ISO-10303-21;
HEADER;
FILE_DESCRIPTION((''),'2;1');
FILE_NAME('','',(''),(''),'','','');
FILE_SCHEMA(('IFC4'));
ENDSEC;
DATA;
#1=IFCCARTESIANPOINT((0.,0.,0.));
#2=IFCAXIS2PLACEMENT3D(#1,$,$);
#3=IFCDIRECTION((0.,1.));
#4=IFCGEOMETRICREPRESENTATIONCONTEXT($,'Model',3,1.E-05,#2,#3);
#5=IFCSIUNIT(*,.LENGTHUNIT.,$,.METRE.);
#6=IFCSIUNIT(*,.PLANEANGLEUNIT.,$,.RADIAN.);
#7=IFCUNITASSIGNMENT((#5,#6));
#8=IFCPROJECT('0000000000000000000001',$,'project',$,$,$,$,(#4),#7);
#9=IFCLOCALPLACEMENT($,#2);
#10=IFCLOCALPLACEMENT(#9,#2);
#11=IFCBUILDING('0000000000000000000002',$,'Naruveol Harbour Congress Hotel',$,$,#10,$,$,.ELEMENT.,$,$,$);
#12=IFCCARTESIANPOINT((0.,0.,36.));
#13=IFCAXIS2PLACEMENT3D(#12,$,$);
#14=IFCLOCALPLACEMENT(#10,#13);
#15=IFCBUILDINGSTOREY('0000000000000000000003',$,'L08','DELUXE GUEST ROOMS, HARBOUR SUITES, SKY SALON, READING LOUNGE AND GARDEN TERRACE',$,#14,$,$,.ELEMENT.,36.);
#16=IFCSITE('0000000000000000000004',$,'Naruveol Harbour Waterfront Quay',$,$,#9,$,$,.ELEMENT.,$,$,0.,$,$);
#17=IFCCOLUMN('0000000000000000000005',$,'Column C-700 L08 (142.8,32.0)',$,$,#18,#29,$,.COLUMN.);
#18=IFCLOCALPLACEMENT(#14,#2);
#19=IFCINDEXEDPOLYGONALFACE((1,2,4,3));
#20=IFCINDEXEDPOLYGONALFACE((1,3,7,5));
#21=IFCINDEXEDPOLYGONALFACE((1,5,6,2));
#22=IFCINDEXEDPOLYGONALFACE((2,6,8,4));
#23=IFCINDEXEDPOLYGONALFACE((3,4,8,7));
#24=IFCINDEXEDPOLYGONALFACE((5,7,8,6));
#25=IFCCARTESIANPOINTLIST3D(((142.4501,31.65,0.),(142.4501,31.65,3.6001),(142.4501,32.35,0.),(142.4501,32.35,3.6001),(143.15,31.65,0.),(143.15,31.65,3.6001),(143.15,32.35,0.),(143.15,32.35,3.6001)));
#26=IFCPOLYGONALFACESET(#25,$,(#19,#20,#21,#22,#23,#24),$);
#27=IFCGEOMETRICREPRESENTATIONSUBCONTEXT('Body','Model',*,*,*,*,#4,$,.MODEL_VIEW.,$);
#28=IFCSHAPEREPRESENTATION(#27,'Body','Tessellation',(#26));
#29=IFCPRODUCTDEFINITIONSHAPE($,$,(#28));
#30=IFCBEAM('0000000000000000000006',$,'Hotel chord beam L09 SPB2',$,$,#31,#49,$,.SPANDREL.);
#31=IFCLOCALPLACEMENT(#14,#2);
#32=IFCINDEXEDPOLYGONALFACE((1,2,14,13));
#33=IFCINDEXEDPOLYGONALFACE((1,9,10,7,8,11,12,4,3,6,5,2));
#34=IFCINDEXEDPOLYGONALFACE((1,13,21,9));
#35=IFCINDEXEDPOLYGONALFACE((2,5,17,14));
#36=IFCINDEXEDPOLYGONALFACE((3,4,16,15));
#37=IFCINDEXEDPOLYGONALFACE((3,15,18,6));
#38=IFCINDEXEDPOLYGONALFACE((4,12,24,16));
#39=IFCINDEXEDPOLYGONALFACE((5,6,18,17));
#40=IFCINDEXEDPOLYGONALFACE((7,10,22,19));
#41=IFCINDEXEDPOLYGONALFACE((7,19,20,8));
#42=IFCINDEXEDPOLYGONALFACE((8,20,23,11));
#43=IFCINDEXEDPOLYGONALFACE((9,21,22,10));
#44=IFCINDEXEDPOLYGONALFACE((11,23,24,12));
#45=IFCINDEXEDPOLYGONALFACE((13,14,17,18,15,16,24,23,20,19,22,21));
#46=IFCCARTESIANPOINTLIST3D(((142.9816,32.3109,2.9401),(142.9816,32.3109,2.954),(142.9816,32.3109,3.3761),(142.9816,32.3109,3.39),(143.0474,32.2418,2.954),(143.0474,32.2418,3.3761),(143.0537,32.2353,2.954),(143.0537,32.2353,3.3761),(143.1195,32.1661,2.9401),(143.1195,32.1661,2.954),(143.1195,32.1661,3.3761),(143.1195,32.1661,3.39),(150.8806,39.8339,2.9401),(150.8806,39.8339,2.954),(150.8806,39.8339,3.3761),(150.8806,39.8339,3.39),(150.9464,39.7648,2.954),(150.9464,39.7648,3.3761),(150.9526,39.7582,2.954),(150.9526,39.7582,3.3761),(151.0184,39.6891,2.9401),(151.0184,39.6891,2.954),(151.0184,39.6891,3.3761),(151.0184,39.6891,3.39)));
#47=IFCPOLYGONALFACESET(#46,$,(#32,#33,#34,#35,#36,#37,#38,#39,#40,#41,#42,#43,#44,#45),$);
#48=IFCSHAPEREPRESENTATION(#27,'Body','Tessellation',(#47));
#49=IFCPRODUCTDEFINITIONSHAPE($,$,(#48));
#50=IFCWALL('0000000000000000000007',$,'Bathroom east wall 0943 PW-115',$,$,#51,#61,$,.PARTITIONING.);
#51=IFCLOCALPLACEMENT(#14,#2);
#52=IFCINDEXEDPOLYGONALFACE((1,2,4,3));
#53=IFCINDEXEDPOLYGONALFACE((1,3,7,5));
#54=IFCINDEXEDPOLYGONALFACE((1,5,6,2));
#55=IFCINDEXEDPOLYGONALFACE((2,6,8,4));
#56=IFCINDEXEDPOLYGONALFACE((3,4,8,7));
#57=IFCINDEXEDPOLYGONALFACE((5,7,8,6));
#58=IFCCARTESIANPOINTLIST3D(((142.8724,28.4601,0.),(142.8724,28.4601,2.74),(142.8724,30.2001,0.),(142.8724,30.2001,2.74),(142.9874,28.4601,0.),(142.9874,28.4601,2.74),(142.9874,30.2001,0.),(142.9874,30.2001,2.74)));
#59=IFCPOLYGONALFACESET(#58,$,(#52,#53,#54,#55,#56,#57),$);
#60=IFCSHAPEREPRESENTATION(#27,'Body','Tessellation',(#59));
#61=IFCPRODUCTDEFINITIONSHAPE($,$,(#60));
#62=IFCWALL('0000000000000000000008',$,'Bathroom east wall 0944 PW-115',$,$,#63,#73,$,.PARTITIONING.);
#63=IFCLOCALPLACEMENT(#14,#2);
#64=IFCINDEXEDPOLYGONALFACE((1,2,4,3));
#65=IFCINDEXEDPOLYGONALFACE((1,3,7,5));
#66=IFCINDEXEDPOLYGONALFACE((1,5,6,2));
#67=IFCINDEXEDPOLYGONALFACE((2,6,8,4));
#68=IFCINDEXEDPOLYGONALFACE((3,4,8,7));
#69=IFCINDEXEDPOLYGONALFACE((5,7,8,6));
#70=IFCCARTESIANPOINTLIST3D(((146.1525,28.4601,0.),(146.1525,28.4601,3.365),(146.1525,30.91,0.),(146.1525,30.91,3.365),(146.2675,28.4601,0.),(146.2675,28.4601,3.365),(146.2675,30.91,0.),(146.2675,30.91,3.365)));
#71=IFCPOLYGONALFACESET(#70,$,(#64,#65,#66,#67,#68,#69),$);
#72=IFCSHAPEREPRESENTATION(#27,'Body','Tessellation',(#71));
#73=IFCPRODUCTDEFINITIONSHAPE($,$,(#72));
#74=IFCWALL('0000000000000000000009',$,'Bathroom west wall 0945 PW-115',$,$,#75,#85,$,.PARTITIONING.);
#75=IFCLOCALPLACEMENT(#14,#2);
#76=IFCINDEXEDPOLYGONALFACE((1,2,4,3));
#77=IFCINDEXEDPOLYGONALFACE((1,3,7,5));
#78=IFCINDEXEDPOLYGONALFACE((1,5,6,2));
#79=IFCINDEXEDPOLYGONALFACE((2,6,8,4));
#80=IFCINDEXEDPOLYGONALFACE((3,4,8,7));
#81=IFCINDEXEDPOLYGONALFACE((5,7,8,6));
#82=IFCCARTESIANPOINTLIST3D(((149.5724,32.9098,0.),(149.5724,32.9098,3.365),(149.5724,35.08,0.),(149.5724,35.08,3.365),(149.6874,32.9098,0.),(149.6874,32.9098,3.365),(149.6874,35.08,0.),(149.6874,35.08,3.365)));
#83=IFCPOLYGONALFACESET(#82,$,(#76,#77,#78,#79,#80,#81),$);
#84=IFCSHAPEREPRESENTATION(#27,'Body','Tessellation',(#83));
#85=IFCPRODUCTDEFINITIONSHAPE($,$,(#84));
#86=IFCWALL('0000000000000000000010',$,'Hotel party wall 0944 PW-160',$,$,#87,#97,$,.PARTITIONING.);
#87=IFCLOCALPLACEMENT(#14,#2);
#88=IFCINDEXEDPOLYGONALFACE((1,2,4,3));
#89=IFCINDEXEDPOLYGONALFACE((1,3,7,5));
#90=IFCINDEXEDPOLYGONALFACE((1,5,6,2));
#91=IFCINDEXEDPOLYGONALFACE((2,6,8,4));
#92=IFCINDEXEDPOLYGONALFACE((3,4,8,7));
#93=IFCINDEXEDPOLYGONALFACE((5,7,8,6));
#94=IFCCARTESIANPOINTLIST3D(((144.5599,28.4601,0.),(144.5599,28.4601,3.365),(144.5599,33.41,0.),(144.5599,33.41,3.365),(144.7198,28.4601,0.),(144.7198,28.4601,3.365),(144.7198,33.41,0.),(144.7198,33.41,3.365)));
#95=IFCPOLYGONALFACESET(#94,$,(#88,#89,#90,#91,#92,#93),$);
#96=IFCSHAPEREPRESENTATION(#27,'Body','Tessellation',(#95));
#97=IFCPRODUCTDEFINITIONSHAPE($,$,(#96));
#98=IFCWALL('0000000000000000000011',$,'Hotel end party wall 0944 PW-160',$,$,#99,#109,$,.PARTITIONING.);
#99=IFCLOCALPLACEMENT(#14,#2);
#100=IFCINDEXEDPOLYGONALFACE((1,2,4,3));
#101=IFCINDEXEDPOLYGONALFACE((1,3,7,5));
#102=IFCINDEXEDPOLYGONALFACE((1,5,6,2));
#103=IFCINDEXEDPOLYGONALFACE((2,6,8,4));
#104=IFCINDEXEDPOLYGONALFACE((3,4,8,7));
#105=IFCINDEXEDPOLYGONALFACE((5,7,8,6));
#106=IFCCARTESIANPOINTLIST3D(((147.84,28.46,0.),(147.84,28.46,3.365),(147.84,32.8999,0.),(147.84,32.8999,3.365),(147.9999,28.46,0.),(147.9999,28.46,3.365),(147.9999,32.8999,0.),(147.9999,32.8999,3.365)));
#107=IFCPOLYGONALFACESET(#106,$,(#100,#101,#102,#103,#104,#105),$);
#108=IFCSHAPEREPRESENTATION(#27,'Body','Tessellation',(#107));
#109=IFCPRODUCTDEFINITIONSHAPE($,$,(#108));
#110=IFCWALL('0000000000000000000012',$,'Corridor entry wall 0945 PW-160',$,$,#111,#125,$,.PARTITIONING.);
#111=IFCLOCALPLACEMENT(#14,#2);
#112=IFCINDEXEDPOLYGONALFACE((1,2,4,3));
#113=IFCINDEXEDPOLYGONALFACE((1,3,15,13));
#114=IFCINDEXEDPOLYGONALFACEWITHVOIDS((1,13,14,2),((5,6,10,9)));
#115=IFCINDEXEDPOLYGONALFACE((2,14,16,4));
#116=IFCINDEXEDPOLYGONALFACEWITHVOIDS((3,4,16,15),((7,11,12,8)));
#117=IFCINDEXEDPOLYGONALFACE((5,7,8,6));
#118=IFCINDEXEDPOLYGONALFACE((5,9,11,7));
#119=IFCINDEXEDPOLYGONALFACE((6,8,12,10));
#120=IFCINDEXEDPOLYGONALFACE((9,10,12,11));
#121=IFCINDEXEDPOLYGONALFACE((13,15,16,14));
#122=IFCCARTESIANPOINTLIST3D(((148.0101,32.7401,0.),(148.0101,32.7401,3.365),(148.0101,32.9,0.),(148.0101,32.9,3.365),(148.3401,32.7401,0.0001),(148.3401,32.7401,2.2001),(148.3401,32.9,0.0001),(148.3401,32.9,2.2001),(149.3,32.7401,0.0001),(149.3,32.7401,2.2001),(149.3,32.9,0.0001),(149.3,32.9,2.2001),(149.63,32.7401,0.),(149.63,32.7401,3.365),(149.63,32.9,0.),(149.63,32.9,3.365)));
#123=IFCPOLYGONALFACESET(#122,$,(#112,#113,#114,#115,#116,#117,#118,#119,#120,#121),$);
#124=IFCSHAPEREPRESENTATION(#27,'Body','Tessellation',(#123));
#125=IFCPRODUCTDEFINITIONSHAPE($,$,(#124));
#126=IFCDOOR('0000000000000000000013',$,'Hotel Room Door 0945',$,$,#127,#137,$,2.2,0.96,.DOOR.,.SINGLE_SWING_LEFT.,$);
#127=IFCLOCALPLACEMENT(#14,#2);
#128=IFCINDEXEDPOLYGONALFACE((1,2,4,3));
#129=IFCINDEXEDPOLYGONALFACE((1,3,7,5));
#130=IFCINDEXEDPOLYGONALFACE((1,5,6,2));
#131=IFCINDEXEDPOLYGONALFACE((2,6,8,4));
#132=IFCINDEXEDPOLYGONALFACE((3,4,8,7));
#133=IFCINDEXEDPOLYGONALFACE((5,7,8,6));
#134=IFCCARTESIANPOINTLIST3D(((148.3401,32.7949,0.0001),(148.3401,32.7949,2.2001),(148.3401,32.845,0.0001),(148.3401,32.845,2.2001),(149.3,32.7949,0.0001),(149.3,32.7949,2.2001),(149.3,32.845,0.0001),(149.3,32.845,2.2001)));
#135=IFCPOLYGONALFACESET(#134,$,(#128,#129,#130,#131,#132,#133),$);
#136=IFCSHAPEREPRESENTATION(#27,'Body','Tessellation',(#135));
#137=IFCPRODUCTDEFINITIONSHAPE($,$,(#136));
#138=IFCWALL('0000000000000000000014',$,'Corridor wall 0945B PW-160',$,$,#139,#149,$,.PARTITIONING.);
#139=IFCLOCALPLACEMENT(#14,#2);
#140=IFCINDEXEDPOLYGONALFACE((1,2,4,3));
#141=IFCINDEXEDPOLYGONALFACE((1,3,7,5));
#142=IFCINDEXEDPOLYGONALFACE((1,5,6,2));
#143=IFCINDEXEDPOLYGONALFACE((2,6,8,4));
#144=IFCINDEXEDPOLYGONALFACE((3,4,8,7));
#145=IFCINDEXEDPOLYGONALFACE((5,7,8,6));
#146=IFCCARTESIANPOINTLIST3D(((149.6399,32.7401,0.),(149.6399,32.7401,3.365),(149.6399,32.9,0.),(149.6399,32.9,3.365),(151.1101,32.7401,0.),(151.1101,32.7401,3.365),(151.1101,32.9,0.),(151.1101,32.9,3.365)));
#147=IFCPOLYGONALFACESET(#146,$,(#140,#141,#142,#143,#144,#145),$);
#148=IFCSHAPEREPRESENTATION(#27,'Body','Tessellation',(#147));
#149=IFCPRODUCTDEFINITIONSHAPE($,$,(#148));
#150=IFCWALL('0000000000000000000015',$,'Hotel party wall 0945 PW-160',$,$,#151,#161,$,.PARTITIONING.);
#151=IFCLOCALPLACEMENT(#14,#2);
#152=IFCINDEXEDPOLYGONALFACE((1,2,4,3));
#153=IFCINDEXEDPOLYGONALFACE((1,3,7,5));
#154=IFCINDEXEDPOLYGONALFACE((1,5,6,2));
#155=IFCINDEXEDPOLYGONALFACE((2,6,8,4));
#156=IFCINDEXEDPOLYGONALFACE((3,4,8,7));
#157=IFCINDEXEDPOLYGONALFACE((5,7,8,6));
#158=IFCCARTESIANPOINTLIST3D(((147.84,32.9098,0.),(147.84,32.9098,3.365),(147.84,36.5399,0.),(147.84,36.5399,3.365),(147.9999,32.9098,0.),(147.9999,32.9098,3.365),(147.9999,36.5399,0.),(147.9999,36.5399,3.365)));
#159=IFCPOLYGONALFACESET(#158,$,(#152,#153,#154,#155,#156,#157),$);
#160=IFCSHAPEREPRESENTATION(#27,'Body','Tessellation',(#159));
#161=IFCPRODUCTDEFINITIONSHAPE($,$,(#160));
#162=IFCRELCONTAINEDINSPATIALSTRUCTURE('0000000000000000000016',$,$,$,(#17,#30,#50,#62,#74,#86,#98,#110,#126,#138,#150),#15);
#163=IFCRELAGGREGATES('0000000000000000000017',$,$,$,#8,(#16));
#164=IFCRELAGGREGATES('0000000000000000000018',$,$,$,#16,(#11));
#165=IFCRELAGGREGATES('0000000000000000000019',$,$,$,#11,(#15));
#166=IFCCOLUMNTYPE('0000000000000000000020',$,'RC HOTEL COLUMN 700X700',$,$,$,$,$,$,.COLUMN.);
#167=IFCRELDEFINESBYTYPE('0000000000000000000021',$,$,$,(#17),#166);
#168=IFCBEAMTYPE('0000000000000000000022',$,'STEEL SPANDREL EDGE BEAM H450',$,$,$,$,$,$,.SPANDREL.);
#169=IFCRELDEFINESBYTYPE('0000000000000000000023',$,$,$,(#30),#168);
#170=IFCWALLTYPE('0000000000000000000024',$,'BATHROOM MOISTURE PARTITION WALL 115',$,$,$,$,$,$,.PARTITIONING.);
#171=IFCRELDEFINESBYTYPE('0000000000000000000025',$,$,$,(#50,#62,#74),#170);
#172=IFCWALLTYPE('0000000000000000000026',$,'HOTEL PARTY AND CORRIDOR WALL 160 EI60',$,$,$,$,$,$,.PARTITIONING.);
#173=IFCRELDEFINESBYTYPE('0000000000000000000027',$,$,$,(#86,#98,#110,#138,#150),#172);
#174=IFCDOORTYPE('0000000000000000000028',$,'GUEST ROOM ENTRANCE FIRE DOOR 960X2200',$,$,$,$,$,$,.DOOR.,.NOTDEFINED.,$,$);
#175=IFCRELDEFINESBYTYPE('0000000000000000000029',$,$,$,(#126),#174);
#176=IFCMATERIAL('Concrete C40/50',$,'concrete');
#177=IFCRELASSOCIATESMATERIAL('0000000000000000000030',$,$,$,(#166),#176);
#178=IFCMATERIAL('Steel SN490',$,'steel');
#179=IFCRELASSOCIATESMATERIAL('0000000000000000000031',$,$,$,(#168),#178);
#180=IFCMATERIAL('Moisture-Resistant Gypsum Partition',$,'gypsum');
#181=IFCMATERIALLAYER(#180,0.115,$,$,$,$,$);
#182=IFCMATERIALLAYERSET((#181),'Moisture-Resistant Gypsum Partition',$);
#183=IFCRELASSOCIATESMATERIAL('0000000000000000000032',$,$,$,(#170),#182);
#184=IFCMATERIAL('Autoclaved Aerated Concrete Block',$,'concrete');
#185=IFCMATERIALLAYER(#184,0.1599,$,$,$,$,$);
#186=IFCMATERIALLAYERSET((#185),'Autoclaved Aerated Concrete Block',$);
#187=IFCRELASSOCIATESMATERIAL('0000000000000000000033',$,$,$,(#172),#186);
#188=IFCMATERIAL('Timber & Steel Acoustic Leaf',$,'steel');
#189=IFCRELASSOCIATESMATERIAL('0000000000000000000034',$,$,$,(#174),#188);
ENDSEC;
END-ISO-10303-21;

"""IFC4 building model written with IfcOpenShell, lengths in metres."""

from ifc_helpers import new_model, si_unit, direction, frame, frame_2d, origin, origin_2d, place, context, subcontext, project, spatial, rectangle, i_section, extrude, material, layer, layer_set, material_profile, profile_set, type_object, element, fill, save


model = new_model("IFC4")

# Units and contexts
model_context = context("Model", 3, precision=1e-05, world=origin(), true_north=direction((0.0, 1.0)))
body_context = subcontext(model_context, "Body", "Model", "MODEL_VIEW")
ifc_project = project(units=[si_unit("LENGTHUNIT", "METRE"), si_unit("PLANEANGLEUNIT", "RADIAN")], contexts=[model_context])

# Site, building, storey
site_placement = place(None, origin())
site = spatial("IfcSite", under=ifc_project, at=site_placement, Name="Naruveol Harbour Waterfront Quay", CompositionType="ELEMENT", RefElevation=0.0)
building_placement = place(site_placement, origin())
building = spatial("IfcBuilding", under=site, at=building_placement, Name="Naruveol Harbour Congress Hotel", CompositionType="ELEMENT")
storey_placement = place(building_placement, frame((0.0, 0.0, 36.0)))
storey = spatial("IfcBuildingStorey", under=building, at=storey_placement, Name="L08", Description="DELUXE GUEST ROOMS, HARBOUR SUITES, SKY SALON, READING LOUNGE AND GARDEN TERRACE", CompositionType="ELEMENT", Elevation=36.0)

# Column
ifc_material_1 = material(Name="Concrete C40/50", Category="concrete")
ifc_material_profile_1 = material_profile(ifc_material_1, rectangle(XDim=0.7, YDim=0.7, at=origin_2d()), Name="RC-700x700")
ifc_profile_set_1 = profile_set([ifc_material_profile_1], Name="Concrete C40/50")
column_type = type_object("IfcColumnType", Name="RC HOTEL COLUMN 700X700", PredefinedType="COLUMN", material=ifc_profile_set_1)
column_placement = place(storey_placement, frame((142.8, 32.0, 0.0), z_axis=(0.0, 0.0, 1.0), x_axis=(1.0, 0.0, 0.0)))
element("IfcColumn", 1, at=column_placement, inside=storey, type_object=column_type, Name="Column C-700 L08 (142.8,32.0)", PredefinedType="COLUMN", context=body_context, shape_type="SweptSolid", body=[
    extrude(rectangle(XDim=0.7, YDim=0.7, at=origin_2d()), origin(), (0.0, 0.0, 1.0), 3.6001),
])

# Beam
ifc_material_2 = material(Name="Steel SN490", Category="steel")
ifc_material_profile_2 = material_profile(ifc_material_2, i_section(OverallWidth=0.2, OverallDepth=0.45, WebThickness=0.009, FlangeThickness=0.0139, at=origin_2d()), Name="H-450x200x9x14")
ifc_profile_set_2 = profile_set([ifc_material_profile_2], Name="Steel SN490")
beam_type = type_object("IfcBeamType", Name="STEEL SPANDREL EDGE BEAM H450", PredefinedType="SPANDREL", material=ifc_profile_set_2)
beam_placement = place(storey_placement, frame((143.0505, 32.2385, 3.165), z_axis=(0.72413, 0.689663, 0.0), x_axis=(-0.689663, 0.72413, 0.0)))
element("IfcBeam", 2, at=beam_placement, inside=storey, type_object=beam_type, Name="Hotel chord beam L09 SPB2", PredefinedType="SPANDREL", context=body_context, shape_type="SweptSolid", body=[
    extrude(i_section(OverallWidth=0.2, OverallDepth=0.45, WebThickness=0.009, FlangeThickness=0.0139, at=origin_2d()), origin(), (0.0, 0.0, 1.0), 10.9082),
])

# Wall
ifc_material_3 = material(Name="Moisture-Resistant Gypsum Partition", Category="gypsum")
ifc_layer_1 = layer(ifc_material_3, 0.115)
ifc_layer_set_1 = layer_set([ifc_layer_1], Name="Moisture-Resistant Gypsum Partition")
wall_type_1 = type_object("IfcWallType", Name="BATHROOM MOISTURE PARTITION WALL 115", PredefinedType="PARTITIONING", material=ifc_layer_set_1)
wall_1_placement = place(storey_placement, frame((142.9299, 28.46, 0.0), z_axis=(0.0, 0.0, 1.0), x_axis=(0.0, 1.0, 0.0)))
element("IfcWall", 3, at=wall_1_placement, inside=storey, type_object=wall_type_1, Name="Bathroom east wall 0943 PW-115", PredefinedType="PARTITIONING", context=body_context, shape_type="SweptSolid", body=[
    extrude(rectangle(XDim=1.74, YDim=0.115, at=frame_2d((0.8701, 0.0))), origin(), (0.0, 0.0, 1.0), 2.74),
])

# Wall
wall_2_placement = place(storey_placement, frame((146.21, 28.46, 0.0), z_axis=(0.0, 0.0, 1.0), x_axis=(0.0, 1.0, 0.0)))
element("IfcWall", 4, at=wall_2_placement, inside=storey, type_object=wall_type_1, Name="Bathroom east wall 0944 PW-115", PredefinedType="PARTITIONING", context=body_context, shape_type="SweptSolid", body=[
    extrude(rectangle(XDim=2.45, YDim=0.115, at=frame_2d((1.2251, 0.0))), origin(), (0.0, 0.0, 1.0), 3.365),
])

# Walls
wall_3_placement = place(storey_placement, frame((149.6299, 32.9099, 0.0), z_axis=(0.0, 0.0, 1.0), x_axis=(0.0, 1.0, 0.0)))
element("IfcWall", 5, at=wall_3_placement, inside=storey, type_object=wall_type_1, Name="Bathroom west wall 0945 PW-115", PredefinedType="PARTITIONING", context=body_context, shape_type="SweptSolid", body=[
    extrude(rectangle(XDim=2.1702, YDim=0.115, at=frame_2d((1.085, 0.0))), origin(), (0.0, 0.0, 1.0), 3.365),
])
ifc_material_4 = material(Name="Autoclaved Aerated Concrete Block", Category="concrete")
ifc_layer_2 = layer(ifc_material_4, 0.1599)
ifc_layer_set_2 = layer_set([ifc_layer_2], Name="Autoclaved Aerated Concrete Block")
wall_type_2 = type_object("IfcWallType", Name="HOTEL PARTY AND CORRIDOR WALL 160 EI60", PredefinedType="PARTITIONING", material=ifc_layer_set_2)
wall_4_placement = place(storey_placement, frame((144.6399, 28.46, 0.0), z_axis=(0.0, 0.0, 1.0), x_axis=(0.0, 1.0, 0.0)))
element("IfcWall", 6, at=wall_4_placement, inside=storey, type_object=wall_type_2, Name="Hotel party wall 0944 PW-160", PredefinedType="PARTITIONING", context=body_context, shape_type="SweptSolid", body=[
    extrude(rectangle(XDim=4.95, YDim=0.1599, at=frame_2d((2.4751, 0.0))), origin(), (0.0, 0.0, 1.0), 3.365),
])
wall_5_placement = place(storey_placement, frame((147.9199, 28.46, 0.0), z_axis=(0.0, 0.0, 1.0), x_axis=(0.0, 1.0, 0.0)))
element("IfcWall", 7, at=wall_5_placement, inside=storey, type_object=wall_type_2, Name="Hotel end party wall 0944 PW-160", PredefinedType="PARTITIONING", context=body_context, shape_type="SweptSolid", body=[
    extrude(rectangle(XDim=4.4399, YDim=0.1599, at=frame_2d((2.22, 0.0))), origin(), (0.0, 0.0, 1.0), 3.365),
])

# Wall, opening, door
wall_6_placement = place(storey_placement, frame((148.01, 32.8201, 0.0), z_axis=(0.0, 0.0, 1.0), x_axis=(1.0, 0.0, 0.0)))
wall_6 = element("IfcWall", 8, at=wall_6_placement, inside=storey, type_object=wall_type_2, Name="Corridor entry wall 0945 PW-160", PredefinedType="PARTITIONING", context=body_context, shape_type="SweptSolid", body=[
    extrude(rectangle(XDim=1.6199, YDim=0.1599, at=frame_2d((0.8101, 0.0))), origin(), (0.0, 0.0, 1.0), 3.365),
])
opening_1_placement = place(wall_6_placement, frame((0.3301, 0.0, 0.0)))
opening_1 = element("IfcOpeningElement", 9, at=opening_1_placement, cuts=wall_6, PredefinedType="OPENING", context=body_context, shape_type="SweptSolid", body=[
    extrude(rectangle(XDim=0.96, YDim=2.2, at=frame_2d((0.48, 1.1001))), frame((0.0, 0.0898, 0.0), z_axis=(0.0, -1.0, 0.0), x_axis=(1.0, 0.0, 0.0)), (0.0, 0.0, 1.0), 0.1799),
])
ifc_material_5 = material(Name="Timber & Steel Acoustic Leaf", Category="steel")
door_type_1 = type_object("IfcDoorType", Name="GUEST ROOM ENTRANCE FIRE DOOR 960X2200", OperationType="NOTDEFINED", PredefinedType="DOOR", material=ifc_material_5)
door_1_placement = place(opening_1_placement, origin())
door_1 = element("IfcDoor", 10, at=door_1_placement, inside=storey, type_object=door_type_1, Name="Hotel Room Door 0945", OperationType="SINGLE_SWING_LEFT", OverallHeight=2.2, OverallWidth=0.96, PredefinedType="DOOR", context=body_context, shape_type="SweptSolid", body=[
    extrude(rectangle(XDim=0.96, YDim=2.2, at=frame_2d((0.48, 1.1001))), frame((0.0, 0.0249, 0.0), z_axis=(0.0, -1.0, 0.0), x_axis=(1.0, 0.0, 0.0)), (0.0, 0.0, 1.0), 0.05),
])
fill(opening_1, door_1)

# Walls
wall_7_placement = place(storey_placement, frame((149.6399, 32.8201, 0.0), z_axis=(0.0, 0.0, 1.0), x_axis=(1.0, 0.0, 0.0)))
element("IfcWall", 11, at=wall_7_placement, inside=storey, type_object=wall_type_2, Name="Corridor wall 0945B PW-160", PredefinedType="PARTITIONING", context=body_context, shape_type="SweptSolid", body=[
    extrude(rectangle(XDim=1.4702, YDim=0.1599, at=frame_2d((0.7351, 0.0))), origin(), (0.0, 0.0, 1.0), 3.365),
])
wall_8_placement = place(storey_placement, frame((147.9199, 32.9099, 0.0), z_axis=(0.0, 0.0, 1.0), x_axis=(0.0, 1.0, 0.0)))
element("IfcWall", 12, at=wall_8_placement, inside=storey, type_object=wall_type_2, Name="Hotel party wall 0945 PW-160", PredefinedType="PARTITIONING", context=body_context, shape_type="SweptSolid", body=[
    extrude(rectangle(XDim=3.6301, YDim=0.1599, at=frame_2d((1.8149, 0.0))), origin(), (0.0, 0.0, 1.0), 3.365),
])

save(model, "model.ifc")
